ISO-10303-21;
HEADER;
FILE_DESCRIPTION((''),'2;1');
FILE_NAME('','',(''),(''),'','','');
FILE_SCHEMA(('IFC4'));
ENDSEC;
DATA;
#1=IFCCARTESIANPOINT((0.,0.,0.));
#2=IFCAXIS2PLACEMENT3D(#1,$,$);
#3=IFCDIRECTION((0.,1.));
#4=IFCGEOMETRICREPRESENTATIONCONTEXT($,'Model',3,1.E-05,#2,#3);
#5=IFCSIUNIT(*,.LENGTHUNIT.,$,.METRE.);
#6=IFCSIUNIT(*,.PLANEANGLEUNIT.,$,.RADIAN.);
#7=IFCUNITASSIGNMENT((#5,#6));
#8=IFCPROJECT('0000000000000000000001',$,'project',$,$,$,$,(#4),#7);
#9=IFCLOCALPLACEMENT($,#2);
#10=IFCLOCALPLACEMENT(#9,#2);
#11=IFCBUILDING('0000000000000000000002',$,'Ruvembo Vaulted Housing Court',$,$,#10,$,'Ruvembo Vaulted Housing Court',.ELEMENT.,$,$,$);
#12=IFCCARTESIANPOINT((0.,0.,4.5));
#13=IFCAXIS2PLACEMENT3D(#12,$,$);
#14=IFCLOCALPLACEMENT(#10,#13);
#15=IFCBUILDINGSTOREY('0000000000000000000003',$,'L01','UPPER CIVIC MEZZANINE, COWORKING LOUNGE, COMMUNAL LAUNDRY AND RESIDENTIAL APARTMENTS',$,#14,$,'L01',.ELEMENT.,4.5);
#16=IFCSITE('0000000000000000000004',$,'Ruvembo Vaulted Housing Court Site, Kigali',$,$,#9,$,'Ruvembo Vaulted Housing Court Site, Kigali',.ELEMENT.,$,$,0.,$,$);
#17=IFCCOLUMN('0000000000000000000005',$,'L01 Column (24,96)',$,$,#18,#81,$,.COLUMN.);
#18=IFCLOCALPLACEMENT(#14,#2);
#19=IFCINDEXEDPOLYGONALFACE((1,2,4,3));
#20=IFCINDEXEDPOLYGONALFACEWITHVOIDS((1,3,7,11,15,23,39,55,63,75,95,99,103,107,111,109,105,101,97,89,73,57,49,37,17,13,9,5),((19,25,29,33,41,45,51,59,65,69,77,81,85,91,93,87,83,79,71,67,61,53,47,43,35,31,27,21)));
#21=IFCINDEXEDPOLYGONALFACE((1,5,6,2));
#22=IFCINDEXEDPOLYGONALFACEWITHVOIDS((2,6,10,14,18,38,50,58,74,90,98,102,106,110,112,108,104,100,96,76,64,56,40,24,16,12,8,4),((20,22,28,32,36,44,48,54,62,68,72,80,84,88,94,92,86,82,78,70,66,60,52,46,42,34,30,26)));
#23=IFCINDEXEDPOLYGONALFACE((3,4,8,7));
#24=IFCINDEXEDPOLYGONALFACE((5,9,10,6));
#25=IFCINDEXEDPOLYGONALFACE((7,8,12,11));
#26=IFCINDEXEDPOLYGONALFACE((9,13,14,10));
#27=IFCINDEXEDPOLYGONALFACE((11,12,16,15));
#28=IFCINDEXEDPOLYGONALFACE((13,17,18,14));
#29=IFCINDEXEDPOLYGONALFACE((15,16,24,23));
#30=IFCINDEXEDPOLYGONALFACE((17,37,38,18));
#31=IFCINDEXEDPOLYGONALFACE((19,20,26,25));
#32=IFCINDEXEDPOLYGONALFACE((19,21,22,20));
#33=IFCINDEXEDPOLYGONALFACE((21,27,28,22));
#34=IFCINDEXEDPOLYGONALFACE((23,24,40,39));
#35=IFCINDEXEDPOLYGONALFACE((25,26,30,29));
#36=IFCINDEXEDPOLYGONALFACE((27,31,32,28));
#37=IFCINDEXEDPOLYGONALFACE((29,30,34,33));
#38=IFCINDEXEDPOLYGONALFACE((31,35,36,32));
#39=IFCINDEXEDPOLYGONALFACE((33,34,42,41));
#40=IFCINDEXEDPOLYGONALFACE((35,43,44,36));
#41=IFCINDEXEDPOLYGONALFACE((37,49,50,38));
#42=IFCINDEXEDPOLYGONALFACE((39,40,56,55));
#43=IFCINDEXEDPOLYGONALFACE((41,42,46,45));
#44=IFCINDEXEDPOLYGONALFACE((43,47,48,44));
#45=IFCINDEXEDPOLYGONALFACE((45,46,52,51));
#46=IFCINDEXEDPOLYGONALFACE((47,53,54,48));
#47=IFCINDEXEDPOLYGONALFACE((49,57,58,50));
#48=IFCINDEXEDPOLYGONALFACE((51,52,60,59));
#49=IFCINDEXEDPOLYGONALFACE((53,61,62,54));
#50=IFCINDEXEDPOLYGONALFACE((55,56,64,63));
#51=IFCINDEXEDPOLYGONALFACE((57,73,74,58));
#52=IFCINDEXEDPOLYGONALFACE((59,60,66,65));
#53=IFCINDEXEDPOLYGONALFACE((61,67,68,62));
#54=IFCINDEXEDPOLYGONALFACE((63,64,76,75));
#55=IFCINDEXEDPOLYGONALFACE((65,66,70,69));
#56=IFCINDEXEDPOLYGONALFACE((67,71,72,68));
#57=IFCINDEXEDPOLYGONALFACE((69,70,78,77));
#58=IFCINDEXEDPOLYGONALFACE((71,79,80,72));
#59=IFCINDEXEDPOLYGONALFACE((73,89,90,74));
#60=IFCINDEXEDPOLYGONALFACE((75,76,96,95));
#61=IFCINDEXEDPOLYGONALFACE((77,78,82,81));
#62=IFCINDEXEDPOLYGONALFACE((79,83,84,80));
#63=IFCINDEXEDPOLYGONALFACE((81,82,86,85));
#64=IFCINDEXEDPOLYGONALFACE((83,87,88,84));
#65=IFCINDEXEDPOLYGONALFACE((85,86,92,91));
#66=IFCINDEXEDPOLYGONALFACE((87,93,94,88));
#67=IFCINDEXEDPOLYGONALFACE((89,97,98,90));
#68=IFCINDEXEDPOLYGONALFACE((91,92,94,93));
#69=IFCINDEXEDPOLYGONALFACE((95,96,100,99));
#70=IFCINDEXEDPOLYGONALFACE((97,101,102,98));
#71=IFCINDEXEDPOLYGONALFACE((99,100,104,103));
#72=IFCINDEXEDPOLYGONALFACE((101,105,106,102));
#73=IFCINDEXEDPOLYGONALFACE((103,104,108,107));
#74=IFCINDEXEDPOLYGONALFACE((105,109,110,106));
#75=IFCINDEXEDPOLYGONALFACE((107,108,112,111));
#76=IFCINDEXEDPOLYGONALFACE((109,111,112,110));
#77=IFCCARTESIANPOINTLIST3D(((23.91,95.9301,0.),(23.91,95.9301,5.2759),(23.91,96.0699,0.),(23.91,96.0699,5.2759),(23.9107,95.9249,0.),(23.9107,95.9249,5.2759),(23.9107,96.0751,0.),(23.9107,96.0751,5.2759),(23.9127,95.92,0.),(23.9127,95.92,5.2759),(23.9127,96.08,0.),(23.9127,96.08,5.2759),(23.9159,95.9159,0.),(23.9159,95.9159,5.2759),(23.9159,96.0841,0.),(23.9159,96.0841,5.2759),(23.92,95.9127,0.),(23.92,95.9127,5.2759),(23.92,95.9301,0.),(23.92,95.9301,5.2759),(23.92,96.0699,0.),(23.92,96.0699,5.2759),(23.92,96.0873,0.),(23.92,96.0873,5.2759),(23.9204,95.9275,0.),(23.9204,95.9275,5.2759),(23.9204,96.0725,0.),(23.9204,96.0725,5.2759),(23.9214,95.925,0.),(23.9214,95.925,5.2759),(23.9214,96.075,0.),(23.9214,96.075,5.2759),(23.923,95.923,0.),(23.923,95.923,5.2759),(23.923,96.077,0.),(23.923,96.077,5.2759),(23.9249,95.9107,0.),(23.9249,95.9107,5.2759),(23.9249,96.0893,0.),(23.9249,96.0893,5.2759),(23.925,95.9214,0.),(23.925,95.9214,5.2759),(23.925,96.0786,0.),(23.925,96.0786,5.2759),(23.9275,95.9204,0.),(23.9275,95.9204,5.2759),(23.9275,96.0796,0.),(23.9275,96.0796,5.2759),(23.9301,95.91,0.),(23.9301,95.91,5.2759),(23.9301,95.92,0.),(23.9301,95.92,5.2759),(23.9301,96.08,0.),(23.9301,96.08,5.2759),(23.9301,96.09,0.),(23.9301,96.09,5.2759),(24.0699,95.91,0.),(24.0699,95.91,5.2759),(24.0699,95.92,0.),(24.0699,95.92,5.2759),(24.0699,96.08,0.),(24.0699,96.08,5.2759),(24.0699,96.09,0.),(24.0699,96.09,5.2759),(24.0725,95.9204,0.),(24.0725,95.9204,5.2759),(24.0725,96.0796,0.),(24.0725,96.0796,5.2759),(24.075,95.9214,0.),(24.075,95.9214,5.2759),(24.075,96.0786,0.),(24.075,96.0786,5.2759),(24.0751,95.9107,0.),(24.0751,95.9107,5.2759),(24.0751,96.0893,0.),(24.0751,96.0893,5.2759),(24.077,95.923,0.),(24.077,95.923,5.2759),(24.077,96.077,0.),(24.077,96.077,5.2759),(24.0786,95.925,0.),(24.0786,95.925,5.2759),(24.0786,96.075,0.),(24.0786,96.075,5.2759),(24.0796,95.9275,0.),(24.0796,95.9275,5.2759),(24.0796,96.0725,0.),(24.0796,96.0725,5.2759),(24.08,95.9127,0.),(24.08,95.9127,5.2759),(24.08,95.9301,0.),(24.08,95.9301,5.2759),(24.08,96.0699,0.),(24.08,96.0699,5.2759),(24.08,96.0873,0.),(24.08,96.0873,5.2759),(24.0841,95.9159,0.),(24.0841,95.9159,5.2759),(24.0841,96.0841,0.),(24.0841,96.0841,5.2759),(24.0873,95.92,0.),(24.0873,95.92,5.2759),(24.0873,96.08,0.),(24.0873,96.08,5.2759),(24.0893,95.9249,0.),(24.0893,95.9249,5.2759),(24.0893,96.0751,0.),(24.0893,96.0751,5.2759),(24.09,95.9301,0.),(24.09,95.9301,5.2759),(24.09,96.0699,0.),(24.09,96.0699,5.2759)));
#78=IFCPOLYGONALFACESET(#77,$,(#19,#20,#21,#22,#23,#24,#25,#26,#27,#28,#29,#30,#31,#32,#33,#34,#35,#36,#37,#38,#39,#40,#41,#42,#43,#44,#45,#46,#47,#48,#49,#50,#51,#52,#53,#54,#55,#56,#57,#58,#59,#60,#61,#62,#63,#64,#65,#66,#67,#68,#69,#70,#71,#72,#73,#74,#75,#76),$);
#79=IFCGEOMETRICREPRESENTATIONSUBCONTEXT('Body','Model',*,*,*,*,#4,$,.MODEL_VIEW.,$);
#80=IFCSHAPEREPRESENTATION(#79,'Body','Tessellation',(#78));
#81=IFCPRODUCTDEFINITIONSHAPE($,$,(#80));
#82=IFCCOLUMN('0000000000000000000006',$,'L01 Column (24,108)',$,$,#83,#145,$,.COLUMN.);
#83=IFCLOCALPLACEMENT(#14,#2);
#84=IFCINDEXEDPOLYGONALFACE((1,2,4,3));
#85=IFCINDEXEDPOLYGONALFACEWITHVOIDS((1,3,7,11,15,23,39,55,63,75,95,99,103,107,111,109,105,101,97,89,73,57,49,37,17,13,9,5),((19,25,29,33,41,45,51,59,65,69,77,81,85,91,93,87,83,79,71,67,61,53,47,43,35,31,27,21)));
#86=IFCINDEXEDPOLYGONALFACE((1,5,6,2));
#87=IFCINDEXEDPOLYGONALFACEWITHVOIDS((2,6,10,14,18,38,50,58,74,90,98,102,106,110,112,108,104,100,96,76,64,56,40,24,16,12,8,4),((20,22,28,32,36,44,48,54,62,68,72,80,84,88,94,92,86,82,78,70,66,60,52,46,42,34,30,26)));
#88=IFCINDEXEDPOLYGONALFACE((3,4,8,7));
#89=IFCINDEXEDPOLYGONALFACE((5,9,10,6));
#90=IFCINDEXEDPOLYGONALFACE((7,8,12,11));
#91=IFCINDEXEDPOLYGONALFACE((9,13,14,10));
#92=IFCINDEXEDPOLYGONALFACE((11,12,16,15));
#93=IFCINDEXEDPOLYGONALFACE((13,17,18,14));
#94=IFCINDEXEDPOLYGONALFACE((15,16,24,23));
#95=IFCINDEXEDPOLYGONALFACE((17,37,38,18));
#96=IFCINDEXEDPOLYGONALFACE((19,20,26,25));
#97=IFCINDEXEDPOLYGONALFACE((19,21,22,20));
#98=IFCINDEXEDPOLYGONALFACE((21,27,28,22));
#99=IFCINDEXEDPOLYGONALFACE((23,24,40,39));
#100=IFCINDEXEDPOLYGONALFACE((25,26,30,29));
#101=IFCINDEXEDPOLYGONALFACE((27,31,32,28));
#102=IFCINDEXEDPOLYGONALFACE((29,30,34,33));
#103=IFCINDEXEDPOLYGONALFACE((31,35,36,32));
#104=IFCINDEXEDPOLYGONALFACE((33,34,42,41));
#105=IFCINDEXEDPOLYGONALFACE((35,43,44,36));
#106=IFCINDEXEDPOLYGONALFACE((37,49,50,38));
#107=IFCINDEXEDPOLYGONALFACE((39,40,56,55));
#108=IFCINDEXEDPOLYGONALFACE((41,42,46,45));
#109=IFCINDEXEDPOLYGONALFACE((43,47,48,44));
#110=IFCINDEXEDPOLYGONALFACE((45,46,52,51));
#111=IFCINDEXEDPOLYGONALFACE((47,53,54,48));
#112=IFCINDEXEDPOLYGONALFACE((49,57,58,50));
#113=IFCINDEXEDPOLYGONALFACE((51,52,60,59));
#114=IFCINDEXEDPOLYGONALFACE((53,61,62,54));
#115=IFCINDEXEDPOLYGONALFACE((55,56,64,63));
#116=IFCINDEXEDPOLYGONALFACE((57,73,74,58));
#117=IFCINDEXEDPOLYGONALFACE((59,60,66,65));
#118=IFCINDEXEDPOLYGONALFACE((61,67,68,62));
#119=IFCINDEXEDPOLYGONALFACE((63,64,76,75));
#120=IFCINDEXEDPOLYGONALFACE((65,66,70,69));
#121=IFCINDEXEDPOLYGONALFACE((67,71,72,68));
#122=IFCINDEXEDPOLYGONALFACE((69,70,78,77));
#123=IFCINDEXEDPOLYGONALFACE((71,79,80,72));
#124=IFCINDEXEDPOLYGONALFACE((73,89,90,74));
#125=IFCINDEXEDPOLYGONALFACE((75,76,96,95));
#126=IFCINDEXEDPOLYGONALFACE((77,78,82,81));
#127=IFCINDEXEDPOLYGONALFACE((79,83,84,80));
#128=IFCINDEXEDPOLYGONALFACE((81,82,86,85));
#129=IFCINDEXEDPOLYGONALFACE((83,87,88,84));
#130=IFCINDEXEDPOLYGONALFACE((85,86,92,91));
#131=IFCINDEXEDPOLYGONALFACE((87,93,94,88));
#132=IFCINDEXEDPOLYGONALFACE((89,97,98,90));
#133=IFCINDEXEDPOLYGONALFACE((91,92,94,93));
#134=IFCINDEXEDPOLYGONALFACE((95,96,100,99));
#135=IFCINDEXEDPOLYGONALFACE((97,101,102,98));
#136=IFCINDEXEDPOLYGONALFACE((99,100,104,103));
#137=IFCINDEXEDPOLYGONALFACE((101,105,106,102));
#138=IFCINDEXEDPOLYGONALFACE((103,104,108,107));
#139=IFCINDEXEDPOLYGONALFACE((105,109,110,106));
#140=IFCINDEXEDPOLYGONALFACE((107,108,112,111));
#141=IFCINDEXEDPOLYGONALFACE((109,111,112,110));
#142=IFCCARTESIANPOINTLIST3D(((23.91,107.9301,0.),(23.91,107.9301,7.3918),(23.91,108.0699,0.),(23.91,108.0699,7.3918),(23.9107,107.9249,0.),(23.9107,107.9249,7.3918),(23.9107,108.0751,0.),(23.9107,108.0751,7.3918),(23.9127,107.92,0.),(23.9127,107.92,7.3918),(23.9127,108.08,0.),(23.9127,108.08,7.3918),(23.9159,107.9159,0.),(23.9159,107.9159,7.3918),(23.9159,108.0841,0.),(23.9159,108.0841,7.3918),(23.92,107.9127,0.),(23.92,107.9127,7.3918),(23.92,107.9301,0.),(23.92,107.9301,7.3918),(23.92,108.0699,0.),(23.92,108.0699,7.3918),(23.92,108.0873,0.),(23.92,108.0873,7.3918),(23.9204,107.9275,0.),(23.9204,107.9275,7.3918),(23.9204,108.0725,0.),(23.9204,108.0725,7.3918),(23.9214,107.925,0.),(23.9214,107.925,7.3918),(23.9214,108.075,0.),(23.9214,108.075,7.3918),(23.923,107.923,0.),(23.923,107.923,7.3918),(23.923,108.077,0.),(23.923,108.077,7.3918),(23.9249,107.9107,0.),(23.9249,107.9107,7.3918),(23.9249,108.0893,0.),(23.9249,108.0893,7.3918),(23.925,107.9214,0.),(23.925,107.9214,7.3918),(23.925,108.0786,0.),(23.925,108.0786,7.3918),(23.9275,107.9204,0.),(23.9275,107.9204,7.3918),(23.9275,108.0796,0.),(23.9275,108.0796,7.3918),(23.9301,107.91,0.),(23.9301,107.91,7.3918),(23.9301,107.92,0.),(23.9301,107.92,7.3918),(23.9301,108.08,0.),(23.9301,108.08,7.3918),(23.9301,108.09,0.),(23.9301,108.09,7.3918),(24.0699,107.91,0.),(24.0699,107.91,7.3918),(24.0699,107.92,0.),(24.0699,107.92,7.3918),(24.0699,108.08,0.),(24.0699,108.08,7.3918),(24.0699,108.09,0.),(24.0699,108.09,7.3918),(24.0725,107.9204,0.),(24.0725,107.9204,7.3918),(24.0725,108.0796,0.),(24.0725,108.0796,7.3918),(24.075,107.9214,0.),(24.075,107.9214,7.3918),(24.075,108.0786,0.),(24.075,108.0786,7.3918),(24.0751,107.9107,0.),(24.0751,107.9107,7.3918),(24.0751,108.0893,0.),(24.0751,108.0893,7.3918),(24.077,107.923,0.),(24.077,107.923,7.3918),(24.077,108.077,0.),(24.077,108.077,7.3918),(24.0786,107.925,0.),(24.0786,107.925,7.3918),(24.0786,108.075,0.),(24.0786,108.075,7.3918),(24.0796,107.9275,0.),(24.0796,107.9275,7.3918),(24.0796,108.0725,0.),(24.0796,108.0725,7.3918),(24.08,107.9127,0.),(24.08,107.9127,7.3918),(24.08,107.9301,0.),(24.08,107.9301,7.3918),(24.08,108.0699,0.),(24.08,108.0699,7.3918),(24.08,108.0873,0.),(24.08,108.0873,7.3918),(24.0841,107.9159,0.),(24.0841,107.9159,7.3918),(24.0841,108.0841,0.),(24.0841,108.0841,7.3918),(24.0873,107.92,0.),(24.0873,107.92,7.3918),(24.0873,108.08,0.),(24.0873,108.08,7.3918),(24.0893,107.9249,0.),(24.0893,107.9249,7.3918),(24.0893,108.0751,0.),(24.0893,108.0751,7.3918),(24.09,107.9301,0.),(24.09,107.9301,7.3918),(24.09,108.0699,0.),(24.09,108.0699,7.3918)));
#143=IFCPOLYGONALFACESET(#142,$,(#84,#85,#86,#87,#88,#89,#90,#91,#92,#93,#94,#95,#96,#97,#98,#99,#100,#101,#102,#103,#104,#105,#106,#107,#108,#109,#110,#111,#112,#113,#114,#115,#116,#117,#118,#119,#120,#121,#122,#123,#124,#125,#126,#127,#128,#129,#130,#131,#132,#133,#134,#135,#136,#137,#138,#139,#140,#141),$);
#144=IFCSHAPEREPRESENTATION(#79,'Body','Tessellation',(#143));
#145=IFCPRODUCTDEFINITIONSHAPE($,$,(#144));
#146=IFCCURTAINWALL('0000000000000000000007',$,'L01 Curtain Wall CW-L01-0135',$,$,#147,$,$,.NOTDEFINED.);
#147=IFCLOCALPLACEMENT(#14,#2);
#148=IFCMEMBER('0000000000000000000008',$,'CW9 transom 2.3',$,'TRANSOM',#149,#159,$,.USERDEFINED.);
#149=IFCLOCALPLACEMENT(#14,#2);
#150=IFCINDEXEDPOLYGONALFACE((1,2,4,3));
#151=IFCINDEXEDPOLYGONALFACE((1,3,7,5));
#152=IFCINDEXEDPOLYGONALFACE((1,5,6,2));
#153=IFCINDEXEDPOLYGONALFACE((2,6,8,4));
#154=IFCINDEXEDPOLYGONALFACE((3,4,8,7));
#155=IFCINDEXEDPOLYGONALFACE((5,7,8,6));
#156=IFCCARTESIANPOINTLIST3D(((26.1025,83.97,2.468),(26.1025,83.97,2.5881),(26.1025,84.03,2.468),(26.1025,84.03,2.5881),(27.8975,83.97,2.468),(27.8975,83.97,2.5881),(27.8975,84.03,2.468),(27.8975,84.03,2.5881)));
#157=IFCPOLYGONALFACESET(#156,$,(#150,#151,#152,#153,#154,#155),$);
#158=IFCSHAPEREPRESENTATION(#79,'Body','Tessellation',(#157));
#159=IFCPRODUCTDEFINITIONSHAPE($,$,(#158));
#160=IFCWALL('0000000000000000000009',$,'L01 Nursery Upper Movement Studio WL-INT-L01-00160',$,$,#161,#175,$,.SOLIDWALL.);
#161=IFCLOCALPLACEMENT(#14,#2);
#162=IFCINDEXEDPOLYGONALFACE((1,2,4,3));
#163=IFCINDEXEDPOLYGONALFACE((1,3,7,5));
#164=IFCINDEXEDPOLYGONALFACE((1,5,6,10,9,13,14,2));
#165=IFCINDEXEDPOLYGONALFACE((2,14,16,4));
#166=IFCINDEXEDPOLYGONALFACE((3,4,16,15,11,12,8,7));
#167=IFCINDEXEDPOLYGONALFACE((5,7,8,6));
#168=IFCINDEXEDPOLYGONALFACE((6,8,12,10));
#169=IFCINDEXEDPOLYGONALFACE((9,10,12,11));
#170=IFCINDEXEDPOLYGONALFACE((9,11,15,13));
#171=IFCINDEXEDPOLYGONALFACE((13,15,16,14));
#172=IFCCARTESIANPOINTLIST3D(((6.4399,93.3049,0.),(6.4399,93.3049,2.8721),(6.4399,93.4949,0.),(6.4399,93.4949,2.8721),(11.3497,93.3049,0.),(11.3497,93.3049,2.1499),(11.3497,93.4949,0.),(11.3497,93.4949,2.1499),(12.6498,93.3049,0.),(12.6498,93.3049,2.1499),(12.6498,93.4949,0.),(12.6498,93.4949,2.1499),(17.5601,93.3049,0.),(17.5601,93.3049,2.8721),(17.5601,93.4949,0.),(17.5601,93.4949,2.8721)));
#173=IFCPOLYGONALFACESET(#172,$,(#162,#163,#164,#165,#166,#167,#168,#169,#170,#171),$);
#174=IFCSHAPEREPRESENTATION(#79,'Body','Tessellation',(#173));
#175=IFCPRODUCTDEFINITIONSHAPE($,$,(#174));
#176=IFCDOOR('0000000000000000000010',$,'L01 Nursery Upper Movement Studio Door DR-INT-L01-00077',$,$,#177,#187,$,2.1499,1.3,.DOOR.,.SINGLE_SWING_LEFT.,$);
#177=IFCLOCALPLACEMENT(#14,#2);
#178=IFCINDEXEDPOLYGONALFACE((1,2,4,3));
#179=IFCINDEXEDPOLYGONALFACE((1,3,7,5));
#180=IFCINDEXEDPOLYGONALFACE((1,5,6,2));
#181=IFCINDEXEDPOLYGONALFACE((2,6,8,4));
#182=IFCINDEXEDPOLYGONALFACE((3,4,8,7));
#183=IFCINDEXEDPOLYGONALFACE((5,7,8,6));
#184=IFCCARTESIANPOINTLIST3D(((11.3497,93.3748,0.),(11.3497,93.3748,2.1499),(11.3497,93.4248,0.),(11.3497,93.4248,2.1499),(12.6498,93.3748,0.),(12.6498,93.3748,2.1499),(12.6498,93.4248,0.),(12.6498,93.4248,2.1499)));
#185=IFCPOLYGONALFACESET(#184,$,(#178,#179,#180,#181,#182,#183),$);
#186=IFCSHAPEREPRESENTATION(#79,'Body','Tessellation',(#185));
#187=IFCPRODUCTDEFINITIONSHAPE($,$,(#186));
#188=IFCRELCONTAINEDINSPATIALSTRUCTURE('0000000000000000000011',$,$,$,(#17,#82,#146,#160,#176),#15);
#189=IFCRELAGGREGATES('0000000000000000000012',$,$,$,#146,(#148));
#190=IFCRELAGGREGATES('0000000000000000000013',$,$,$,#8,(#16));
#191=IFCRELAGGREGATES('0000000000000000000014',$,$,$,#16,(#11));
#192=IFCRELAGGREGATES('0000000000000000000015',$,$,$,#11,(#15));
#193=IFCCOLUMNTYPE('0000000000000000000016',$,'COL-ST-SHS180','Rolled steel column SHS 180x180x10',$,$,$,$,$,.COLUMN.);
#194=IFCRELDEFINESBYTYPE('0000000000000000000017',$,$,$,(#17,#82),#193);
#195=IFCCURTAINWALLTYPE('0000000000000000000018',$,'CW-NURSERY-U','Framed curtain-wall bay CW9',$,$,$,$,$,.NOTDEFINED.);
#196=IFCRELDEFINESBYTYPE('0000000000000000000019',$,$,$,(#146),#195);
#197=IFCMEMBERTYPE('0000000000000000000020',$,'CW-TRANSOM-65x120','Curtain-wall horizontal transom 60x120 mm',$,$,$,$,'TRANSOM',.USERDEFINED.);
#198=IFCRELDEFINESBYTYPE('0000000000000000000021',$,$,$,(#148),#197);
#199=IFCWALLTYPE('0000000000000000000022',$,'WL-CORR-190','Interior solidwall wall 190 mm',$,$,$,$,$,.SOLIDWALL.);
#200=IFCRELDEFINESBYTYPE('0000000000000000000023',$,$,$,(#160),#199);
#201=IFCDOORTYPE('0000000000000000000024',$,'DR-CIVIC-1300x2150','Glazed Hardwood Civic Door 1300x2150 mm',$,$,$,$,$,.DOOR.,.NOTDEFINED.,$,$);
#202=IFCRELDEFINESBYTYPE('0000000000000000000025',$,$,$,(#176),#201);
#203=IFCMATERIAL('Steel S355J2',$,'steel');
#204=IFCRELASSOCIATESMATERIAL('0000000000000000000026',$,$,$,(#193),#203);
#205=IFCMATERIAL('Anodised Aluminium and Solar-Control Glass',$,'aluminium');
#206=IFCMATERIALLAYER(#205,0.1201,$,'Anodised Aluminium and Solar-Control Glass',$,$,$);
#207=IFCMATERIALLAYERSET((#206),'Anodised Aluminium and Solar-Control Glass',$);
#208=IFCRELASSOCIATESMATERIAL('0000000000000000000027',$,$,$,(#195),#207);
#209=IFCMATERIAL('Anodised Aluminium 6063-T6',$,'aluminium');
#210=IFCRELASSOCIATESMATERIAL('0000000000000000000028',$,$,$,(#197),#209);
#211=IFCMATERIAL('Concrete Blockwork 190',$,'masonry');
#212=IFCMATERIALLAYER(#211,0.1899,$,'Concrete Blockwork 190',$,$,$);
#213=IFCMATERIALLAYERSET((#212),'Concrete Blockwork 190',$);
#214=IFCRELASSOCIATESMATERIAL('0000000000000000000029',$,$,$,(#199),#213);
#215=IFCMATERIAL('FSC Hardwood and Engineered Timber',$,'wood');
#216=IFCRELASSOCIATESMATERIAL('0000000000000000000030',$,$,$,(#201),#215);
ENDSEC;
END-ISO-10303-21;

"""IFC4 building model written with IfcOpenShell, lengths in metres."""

from ifc_helpers import new_model, si_unit, direction, frame, frame_2d, origin, origin_2d, place, context, subcontext, project, spatial, rectangle, hollow_rectangle, extrude, material, layer, layer_set, material_profile, profile_set, type_object, element, fill, aggregate, save


model = new_model("IFC4")

# Units and contexts
model_context = context("Model", 3, precision=1e-05, world=origin(), true_north=direction((0.0, 1.0)))
body_context = subcontext(model_context, "Body", "Model", "MODEL_VIEW")
ifc_project = project(units=[si_unit("LENGTHUNIT", "METRE"), si_unit("PLANEANGLEUNIT", "RADIAN")], contexts=[model_context])

# Site, building, storey
site_placement = place(None, origin())
site = spatial("IfcSite", under=ifc_project, at=site_placement, Name="Ruvembo Vaulted Housing Court Site, Kigali", LongName="Ruvembo Vaulted Housing Court Site, Kigali", CompositionType="ELEMENT", RefElevation=0.0)
building_placement = place(site_placement, origin())
building = spatial("IfcBuilding", under=site, at=building_placement, Name="Ruvembo Vaulted Housing Court", LongName="Ruvembo Vaulted Housing Court", CompositionType="ELEMENT")
storey_placement = place(building_placement, frame((0.0, 0.0, 4.5)))
storey = spatial("IfcBuildingStorey", under=building, at=storey_placement, Name="L01", Description="UPPER CIVIC MEZZANINE, COWORKING LOUNGE, COMMUNAL LAUNDRY AND RESIDENTIAL APARTMENTS", LongName="L01", CompositionType="ELEMENT", Elevation=4.5)

# Columns
ifc_material_1 = material(Name="Steel S355J2", Category="steel")
ifc_material_profile_1 = material_profile(ifc_material_1, hollow_rectangle(XDim=0.1799, YDim=0.1799, WallThickness=0.01, InnerFilletRadius=0.01, OuterFilletRadius=0.02, at=origin_2d()), Name="SHS 180x180x10")
ifc_profile_set_1 = profile_set([ifc_material_profile_1], Name="Steel S355J2")
column_type = type_object("IfcColumnType", Name="COL-ST-SHS180", Description="Rolled steel column SHS 180x180x10", PredefinedType="COLUMN", material=ifc_profile_set_1)
column_1_placement = place(storey_placement, frame((24.0, 96.0, 0.0), z_axis=(0.0, 0.0, 1.0), x_axis=(1.0, 0.0, 0.0)))
element("IfcColumn", 1, at=column_1_placement, inside=storey, type_object=column_type, Name="L01 Column (24,96)", PredefinedType="COLUMN", context=body_context, shape_type="SweptSolid", body=[
    extrude(hollow_rectangle(XDim=0.1799, YDim=0.1799, WallThickness=0.01, InnerFilletRadius=0.01, OuterFilletRadius=0.02, at=origin_2d()), origin(), (0.0, 0.0, 1.0), 5.2759),
])
column_2_placement = place(storey_placement, frame((24.0, 108.0, 0.0), z_axis=(0.0, 0.0, 1.0), x_axis=(1.0, 0.0, 0.0)))
element("IfcColumn", 2, at=column_2_placement, inside=storey, type_object=column_type, Name="L01 Column (24,108)", PredefinedType="COLUMN", context=body_context, shape_type="SweptSolid", body=[
    extrude(hollow_rectangle(XDim=0.1799, YDim=0.1799, WallThickness=0.01, InnerFilletRadius=0.01, OuterFilletRadius=0.02, at=origin_2d()), origin(), (0.0, 0.0, 1.0), 7.3918),
])

# Curtain wall, member
ifc_material_2 = material(Name="Anodised Aluminium and Solar-Control Glass", Category="aluminium")
ifc_layer_1 = layer(ifc_material_2, 0.1201, Name="Anodised Aluminium and Solar-Control Glass")
ifc_layer_set_1 = layer_set([ifc_layer_1], Name="Anodised Aluminium and Solar-Control Glass")
curtain_wall_type = type_object("IfcCurtainWallType", Name="CW-NURSERY-U", Description="Framed curtain-wall bay CW9", PredefinedType="NOTDEFINED", material=ifc_layer_set_1)
curtain_wall_placement = place(storey_placement, origin())
curtain_wall = element("IfcCurtainWall", 3, at=curtain_wall_placement, inside=storey, type_object=curtain_wall_type, Name="L01 Curtain Wall CW-L01-0135", PredefinedType="NOTDEFINED")
ifc_material_3 = material(Name="Anodised Aluminium 6063-T6", Category="aluminium")
ifc_material_profile_2 = material_profile(ifc_material_3, rectangle(XDim=0.0601, YDim=0.1201, at=origin_2d()), Name="ALU 60x120")
ifc_profile_set_2 = profile_set([ifc_material_profile_2], Name="Anodised Aluminium 6063-T6")
member_type = type_object("IfcMemberType", Name="CW-TRANSOM-65x120", Description="Curtain-wall horizontal transom 60x120 mm", ElementType="TRANSOM", PredefinedType="USERDEFINED", material=ifc_profile_set_2)
member_placement = place(storey_placement, frame((26.1025, 84.0, 2.5281), z_axis=(1.0, 0.0, 0.0), x_axis=(0.0, 1.0, 0.0)))
member = element("IfcMember", 4, at=member_placement, type_object=member_type, Name="CW9 transom 2.3", ObjectType="TRANSOM", PredefinedType="USERDEFINED", context=body_context, shape_type="SweptSolid", body=[
    extrude(rectangle(XDim=0.0601, YDim=0.1201, at=origin_2d()), origin(), (0.0, 0.0, 1.0), 1.7949),
])
aggregate(curtain_wall, [member])

# Wall, opening, door
ifc_material_4 = material(Name="Concrete Blockwork 190", Category="masonry")
ifc_layer_2 = layer(ifc_material_4, 0.1899, Name="Concrete Blockwork 190")
ifc_layer_set_2 = layer_set([ifc_layer_2], Name="Concrete Blockwork 190")
wall_type_1 = type_object("IfcWallType", Name="WL-CORR-190", Description="Interior solidwall wall 190 mm", PredefinedType="SOLIDWALL", material=ifc_layer_set_2)
wall_1_placement = place(storey_placement, frame((6.4399, 93.3999, 0.0), z_axis=(0.0, 0.0, 1.0), x_axis=(1.0, 0.0, 0.0)))
wall_1 = element("IfcWall", 5, at=wall_1_placement, inside=storey, type_object=wall_type_1, Name="L01 Nursery Upper Movement Studio WL-INT-L01-00160", PredefinedType="SOLIDWALL", context=body_context, shape_type="SweptSolid", body=[
    extrude(rectangle(XDim=11.1201, YDim=0.1899, at=frame_2d((5.5601, 0.0))), origin(), (0.0, 0.0, 1.0), 2.8721),
])
opening_1_placement = place(wall_1_placement, frame((4.9099, 0.0, 0.0)))
opening_1 = element("IfcOpeningElement", 6, at=opening_1_placement, cuts=wall_1, PredefinedType="OPENING", context=body_context, shape_type="SweptSolid", body=[
    extrude(rectangle(XDim=1.3, YDim=2.1499, at=frame_2d((0.6499, 1.075))), frame((0.0, 0.105, 0.0), z_axis=(0.0, -1.0, 0.0), x_axis=(1.0, 0.0, 0.0)), (0.0, 0.0, 1.0), 0.21),
])
ifc_material_5 = material(Name="FSC Hardwood and Engineered Timber", Category="wood")
door_type_1 = type_object("IfcDoorType", Name="DR-CIVIC-1300x2150", Description="Glazed Hardwood Civic Door 1300x2150 mm", OperationType="NOTDEFINED", PredefinedType="DOOR", material=ifc_material_5)
door_1_placement = place(opening_1_placement, origin())
door_1 = element("IfcDoor", 7, at=door_1_placement, inside=storey, type_object=door_type_1, Name="L01 Nursery Upper Movement Studio Door DR-INT-L01-00077", OperationType="SINGLE_SWING_LEFT", OverallHeight=2.1499, OverallWidth=1.3, PredefinedType="DOOR", context=body_context, shape_type="SweptSolid", body=[
    extrude(rectangle(XDim=1.3, YDim=2.1499, at=frame_2d((0.6499, 1.075))), frame((0.0, 0.0249, 0.0), z_axis=(0.0, -1.0, 0.0), x_axis=(1.0, 0.0, 0.0)), (0.0, 0.0, 1.0), 0.05),
])
fill(opening_1, door_1)

save(model, "model.ifc")
